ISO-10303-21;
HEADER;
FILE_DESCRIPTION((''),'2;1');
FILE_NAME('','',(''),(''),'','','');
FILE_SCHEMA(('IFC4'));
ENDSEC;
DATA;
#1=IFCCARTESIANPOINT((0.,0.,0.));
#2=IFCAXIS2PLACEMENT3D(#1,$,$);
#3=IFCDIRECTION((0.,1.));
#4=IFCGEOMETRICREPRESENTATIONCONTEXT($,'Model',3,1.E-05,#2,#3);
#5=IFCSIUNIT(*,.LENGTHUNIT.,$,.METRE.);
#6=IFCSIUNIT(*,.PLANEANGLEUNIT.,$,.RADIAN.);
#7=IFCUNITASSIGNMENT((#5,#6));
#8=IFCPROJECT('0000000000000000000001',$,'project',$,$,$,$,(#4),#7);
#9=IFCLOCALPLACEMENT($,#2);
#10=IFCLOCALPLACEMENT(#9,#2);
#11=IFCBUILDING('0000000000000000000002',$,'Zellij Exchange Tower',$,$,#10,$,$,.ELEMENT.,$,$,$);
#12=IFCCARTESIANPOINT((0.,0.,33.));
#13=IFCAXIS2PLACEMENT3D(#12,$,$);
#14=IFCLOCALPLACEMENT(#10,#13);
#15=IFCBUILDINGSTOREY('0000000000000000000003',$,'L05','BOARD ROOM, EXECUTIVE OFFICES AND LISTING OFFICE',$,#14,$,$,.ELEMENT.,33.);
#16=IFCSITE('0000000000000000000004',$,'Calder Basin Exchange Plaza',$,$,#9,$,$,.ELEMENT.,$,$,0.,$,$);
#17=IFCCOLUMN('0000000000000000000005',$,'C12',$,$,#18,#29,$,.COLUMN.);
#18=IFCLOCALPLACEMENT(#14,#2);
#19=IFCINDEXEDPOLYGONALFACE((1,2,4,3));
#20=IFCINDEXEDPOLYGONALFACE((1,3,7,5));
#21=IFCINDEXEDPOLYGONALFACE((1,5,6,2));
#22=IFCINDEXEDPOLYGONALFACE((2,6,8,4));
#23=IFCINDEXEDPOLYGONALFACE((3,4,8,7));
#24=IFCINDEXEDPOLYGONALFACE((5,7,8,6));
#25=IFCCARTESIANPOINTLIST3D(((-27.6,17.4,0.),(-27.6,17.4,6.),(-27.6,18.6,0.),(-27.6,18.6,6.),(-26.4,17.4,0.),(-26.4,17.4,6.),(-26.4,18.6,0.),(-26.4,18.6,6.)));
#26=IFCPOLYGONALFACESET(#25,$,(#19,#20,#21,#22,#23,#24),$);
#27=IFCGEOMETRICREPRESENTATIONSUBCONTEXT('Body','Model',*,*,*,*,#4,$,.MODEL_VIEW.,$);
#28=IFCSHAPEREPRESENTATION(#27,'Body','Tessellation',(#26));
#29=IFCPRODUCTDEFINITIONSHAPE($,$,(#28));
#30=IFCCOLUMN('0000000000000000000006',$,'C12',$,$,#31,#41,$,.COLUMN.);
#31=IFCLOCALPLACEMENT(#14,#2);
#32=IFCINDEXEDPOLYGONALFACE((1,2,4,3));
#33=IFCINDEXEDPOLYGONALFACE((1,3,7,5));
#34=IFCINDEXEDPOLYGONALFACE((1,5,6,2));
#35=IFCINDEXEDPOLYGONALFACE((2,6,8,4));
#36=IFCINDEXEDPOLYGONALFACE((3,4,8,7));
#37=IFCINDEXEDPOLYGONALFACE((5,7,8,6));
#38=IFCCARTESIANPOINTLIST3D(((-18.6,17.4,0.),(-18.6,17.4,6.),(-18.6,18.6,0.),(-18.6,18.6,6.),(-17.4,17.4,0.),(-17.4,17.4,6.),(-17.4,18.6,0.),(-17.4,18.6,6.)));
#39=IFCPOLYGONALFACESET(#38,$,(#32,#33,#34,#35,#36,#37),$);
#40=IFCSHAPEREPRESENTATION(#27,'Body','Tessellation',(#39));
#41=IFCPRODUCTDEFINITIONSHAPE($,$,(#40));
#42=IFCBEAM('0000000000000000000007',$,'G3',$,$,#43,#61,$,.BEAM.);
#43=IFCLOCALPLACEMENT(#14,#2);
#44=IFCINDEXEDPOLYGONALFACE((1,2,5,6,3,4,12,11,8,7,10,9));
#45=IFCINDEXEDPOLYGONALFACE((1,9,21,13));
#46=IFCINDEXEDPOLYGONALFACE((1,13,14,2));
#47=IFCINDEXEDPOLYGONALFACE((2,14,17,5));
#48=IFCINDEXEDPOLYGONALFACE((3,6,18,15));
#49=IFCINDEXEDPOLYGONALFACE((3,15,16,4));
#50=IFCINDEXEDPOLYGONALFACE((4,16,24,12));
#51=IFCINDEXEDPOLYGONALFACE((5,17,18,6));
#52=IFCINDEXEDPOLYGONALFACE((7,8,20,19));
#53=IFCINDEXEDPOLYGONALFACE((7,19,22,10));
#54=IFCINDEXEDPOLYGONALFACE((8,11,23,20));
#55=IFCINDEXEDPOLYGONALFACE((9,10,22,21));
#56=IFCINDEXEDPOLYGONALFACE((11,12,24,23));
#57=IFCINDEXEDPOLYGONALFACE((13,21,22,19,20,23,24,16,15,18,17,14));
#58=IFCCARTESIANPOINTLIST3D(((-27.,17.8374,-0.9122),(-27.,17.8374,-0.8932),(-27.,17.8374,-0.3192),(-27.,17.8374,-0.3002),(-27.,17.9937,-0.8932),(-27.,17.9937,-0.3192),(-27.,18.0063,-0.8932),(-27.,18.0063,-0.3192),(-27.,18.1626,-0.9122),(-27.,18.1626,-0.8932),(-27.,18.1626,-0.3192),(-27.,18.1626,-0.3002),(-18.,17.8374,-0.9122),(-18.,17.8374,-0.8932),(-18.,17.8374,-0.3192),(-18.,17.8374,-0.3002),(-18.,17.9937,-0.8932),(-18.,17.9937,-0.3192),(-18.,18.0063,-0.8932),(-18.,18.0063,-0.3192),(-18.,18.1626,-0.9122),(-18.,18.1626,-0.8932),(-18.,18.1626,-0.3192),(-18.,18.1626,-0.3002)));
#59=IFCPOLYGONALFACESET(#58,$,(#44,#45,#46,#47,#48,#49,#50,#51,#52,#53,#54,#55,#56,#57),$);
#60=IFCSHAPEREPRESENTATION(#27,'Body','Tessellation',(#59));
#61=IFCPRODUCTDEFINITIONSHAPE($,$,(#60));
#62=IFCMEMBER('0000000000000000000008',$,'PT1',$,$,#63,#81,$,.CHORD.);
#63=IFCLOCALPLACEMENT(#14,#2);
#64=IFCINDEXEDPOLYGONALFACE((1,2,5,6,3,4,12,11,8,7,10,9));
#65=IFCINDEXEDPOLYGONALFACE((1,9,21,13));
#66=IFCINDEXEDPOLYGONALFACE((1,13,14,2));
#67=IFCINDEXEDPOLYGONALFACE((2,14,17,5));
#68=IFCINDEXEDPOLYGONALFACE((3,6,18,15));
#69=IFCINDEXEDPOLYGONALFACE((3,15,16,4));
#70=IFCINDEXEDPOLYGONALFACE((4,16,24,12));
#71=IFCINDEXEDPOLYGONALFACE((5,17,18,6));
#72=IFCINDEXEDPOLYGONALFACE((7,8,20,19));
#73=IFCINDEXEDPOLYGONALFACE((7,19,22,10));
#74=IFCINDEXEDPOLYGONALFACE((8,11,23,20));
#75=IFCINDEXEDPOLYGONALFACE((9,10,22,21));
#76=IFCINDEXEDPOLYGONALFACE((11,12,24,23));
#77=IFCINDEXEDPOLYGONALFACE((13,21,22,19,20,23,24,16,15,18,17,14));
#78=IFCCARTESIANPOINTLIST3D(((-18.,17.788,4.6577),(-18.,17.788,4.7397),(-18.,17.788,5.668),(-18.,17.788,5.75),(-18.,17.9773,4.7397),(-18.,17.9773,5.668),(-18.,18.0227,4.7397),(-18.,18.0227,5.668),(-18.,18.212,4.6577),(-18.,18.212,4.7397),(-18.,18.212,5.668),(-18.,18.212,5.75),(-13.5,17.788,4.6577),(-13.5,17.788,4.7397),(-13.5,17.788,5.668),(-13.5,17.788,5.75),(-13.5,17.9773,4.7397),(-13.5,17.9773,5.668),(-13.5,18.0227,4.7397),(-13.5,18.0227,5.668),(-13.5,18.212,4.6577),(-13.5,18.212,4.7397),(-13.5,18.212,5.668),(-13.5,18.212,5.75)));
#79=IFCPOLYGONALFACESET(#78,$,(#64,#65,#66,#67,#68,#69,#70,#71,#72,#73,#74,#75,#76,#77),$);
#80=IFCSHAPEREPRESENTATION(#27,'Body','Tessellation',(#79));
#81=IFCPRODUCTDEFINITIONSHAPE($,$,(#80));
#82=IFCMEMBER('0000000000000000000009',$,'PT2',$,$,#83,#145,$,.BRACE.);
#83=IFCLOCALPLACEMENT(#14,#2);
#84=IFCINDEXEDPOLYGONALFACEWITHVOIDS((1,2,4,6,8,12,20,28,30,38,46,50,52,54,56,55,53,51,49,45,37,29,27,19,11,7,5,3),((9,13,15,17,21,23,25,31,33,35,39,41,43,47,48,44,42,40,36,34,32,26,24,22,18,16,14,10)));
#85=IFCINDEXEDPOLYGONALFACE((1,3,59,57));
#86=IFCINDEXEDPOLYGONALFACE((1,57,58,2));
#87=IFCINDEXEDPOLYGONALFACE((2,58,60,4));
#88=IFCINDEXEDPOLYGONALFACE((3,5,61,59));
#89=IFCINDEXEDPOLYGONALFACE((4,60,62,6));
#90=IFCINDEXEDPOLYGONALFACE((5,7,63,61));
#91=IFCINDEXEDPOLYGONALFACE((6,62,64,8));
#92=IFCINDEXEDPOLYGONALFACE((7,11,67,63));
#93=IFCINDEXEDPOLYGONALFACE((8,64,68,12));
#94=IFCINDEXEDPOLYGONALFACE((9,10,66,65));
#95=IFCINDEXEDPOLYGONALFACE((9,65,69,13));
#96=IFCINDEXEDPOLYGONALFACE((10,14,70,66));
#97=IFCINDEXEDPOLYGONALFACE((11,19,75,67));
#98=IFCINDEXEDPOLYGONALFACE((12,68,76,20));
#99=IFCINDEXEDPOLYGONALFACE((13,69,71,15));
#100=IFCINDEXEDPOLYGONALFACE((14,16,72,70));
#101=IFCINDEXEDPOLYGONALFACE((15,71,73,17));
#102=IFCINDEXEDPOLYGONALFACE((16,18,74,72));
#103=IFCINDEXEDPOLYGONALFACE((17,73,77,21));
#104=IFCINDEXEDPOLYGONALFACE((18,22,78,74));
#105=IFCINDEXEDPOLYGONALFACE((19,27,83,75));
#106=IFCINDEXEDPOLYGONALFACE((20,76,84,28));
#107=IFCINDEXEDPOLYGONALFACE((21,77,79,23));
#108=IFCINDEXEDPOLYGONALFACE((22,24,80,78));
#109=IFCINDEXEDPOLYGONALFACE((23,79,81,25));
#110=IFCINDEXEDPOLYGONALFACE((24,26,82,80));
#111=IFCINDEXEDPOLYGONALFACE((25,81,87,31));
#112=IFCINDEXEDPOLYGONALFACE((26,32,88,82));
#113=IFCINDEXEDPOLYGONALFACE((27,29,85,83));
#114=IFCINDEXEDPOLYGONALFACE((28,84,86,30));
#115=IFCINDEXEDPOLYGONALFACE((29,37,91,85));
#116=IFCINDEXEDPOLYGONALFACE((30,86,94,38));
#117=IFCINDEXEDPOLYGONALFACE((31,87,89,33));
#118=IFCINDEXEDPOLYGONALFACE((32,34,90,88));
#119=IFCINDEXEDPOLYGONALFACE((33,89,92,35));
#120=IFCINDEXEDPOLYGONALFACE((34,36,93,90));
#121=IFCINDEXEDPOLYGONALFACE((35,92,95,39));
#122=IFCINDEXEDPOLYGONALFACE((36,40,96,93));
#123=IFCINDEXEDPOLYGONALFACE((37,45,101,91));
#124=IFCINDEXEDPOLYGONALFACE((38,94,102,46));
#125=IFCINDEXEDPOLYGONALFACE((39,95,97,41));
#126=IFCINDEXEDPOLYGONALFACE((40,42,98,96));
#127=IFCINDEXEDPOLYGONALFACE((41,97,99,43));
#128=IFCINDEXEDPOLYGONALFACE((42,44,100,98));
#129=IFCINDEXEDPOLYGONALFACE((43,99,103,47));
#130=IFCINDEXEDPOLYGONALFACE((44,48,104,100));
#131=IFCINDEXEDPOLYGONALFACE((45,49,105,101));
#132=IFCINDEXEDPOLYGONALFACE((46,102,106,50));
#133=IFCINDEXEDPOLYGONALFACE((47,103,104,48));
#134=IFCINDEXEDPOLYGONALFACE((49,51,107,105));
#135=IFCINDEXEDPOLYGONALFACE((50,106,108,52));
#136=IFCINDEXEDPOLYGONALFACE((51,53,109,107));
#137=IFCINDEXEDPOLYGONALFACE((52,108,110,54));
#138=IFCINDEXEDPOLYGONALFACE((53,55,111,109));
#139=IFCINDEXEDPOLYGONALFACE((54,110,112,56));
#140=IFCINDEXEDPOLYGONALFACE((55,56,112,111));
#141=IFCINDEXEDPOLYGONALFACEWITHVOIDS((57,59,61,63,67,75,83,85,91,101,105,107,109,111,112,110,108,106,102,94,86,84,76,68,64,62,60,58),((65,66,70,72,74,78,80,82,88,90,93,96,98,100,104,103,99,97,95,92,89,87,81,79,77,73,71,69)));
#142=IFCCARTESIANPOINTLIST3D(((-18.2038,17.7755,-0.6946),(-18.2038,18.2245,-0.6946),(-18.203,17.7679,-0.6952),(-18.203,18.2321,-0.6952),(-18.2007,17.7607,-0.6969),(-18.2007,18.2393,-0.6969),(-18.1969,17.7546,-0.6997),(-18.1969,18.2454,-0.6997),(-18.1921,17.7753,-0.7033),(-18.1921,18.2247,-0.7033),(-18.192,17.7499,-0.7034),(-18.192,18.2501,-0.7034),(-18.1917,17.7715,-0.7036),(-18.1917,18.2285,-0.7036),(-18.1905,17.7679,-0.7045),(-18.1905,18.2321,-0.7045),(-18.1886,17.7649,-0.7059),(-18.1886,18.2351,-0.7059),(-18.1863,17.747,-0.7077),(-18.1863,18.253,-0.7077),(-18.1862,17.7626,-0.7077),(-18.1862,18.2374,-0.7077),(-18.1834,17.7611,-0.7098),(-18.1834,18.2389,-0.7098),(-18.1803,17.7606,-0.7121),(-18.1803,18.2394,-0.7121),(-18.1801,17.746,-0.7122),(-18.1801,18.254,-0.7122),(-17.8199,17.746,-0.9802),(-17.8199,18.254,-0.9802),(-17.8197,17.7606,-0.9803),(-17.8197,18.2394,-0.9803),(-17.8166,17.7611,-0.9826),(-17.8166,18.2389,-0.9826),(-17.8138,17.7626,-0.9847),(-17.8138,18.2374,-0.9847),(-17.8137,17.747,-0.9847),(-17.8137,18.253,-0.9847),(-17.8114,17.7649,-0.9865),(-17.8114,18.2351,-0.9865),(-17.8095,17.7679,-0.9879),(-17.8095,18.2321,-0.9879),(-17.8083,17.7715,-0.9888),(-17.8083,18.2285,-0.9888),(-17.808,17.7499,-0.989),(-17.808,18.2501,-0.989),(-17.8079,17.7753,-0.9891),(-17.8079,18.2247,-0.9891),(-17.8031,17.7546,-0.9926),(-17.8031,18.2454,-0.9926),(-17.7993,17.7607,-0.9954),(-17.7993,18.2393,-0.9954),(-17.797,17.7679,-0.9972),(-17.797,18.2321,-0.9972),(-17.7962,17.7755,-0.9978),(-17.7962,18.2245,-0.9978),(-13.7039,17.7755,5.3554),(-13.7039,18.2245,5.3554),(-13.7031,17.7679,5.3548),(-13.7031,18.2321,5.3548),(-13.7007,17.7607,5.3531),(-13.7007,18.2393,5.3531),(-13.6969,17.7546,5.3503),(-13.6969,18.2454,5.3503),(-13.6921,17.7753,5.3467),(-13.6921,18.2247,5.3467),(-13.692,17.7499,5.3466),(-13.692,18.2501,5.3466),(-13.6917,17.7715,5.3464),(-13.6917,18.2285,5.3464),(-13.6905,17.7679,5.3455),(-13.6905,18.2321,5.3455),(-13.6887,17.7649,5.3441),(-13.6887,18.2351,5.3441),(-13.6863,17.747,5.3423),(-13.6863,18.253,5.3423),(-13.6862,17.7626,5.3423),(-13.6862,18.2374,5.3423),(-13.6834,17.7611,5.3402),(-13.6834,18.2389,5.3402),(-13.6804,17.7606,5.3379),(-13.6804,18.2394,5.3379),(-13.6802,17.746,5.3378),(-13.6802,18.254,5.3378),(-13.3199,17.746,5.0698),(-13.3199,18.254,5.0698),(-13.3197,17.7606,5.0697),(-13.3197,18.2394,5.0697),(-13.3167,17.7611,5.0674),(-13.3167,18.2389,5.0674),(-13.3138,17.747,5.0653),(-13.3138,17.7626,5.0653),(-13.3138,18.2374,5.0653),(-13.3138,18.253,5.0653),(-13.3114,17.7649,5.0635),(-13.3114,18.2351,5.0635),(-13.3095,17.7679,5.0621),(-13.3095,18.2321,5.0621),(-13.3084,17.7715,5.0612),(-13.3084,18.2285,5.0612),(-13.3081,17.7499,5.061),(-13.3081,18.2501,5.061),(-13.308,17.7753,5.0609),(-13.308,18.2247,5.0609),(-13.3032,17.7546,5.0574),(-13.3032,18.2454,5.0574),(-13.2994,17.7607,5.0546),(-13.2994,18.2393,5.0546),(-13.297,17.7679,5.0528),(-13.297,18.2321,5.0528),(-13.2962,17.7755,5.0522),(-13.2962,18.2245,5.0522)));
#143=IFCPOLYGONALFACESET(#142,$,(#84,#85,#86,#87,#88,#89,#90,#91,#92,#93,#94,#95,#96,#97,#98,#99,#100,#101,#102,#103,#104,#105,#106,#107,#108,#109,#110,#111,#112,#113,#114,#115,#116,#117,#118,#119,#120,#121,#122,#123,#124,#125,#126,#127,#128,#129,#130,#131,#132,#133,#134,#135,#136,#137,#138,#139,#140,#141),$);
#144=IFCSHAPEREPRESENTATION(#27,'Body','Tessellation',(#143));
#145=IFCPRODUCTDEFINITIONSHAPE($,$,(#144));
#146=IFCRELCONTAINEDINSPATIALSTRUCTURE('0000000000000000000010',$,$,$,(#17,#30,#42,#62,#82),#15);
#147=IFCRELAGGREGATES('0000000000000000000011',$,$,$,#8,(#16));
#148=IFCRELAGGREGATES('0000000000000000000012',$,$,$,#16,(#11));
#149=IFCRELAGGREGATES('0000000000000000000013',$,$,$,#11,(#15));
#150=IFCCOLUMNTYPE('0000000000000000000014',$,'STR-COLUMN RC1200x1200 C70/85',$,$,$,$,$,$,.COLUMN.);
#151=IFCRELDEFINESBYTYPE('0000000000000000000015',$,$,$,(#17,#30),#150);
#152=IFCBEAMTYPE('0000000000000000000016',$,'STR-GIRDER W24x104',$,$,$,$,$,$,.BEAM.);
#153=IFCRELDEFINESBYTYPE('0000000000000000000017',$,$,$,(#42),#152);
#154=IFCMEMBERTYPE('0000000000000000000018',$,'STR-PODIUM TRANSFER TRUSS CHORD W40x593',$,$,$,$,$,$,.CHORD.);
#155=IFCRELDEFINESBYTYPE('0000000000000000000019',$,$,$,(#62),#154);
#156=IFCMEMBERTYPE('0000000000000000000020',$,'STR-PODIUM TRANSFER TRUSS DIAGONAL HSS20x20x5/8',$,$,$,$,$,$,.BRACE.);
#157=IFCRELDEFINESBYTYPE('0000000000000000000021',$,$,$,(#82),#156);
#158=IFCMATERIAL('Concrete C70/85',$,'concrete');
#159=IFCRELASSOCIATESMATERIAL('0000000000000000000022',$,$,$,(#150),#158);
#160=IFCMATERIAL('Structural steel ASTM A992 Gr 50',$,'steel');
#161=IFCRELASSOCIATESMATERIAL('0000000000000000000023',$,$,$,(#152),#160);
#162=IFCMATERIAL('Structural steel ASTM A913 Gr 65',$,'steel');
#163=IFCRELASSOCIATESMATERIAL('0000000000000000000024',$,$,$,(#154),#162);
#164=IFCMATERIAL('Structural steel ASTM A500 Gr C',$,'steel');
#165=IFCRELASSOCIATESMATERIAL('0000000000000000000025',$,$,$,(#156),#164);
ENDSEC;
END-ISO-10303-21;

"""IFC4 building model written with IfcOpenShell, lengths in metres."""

from ifc_helpers import new_model, si_unit, direction, frame, origin, origin_2d, place, context, subcontext, project, spatial, rectangle, hollow_rectangle, i_section, extrude, material, material_profile, profile_set, type_object, element, save


model = new_model("IFC4")

# Units and contexts
model_context = context("Model", 3, precision=1e-05, world=origin(), true_north=direction((0.0, 1.0)))
body_context = subcontext(model_context, "Body", "Model", "MODEL_VIEW")
ifc_project = project(units=[si_unit("LENGTHUNIT", "METRE"), si_unit("PLANEANGLEUNIT", "RADIAN")], contexts=[model_context])

# Site, building, storey
site_placement = place(None, origin())
site = spatial("IfcSite", under=ifc_project, at=site_placement, Name="Calder Basin Exchange Plaza", CompositionType="ELEMENT", RefElevation=0.0)
building_placement = place(site_placement, origin())
building = spatial("IfcBuilding", under=site, at=building_placement, Name="Zellij Exchange Tower", CompositionType="ELEMENT")
storey_placement = place(building_placement, frame((0.0, 0.0, 33.0)))
storey = spatial("IfcBuildingStorey", under=building, at=storey_placement, Name="L05", Description="BOARD ROOM, EXECUTIVE OFFICES AND LISTING OFFICE", CompositionType="ELEMENT", Elevation=33.0)

# Columns
ifc_material_1 = material(Name="Concrete C70/85", Category="concrete")
ifc_material_profile_1 = material_profile(ifc_material_1, rectangle(XDim=1.2, YDim=1.2, at=origin_2d()), Name="STR-COLUMN RC1200x1200 C70/85")
ifc_profile_set_1 = profile_set([ifc_material_profile_1], Name="Concrete C70/85")
column_type = type_object("IfcColumnType", Name="STR-COLUMN RC1200x1200 C70/85", PredefinedType="COLUMN", material=ifc_profile_set_1)
for number, where, z_axis, x_axis, name in (
    (1, (-27.0, 18.0, 0.0), (0.0, 0.0, 1.0), (1.0, 0.0, 0.0), "C12"),
    (2, (-18.0, 18.0, 0.0), (0.0, 0.0, 1.0), (1.0, 0.0, 0.0), "C12"),
):
    element("IfcColumn", number, at=place(storey_placement, frame(where, z_axis=z_axis, x_axis=x_axis)), inside=storey, type_object=column_type, Name=name, PredefinedType="COLUMN", context=body_context, shape_type="SweptSolid", body=[
        extrude(rectangle(XDim=1.2, YDim=1.2, at=origin_2d()), origin(), (0.0, 0.0, 1.0), 6.0),
    ])

# Beam
ifc_material_2 = material(Name="Structural steel ASTM A992 Gr 50", Category="steel")
ifc_material_profile_2 = material_profile(ifc_material_2, i_section(OverallWidth=0.3252, OverallDepth=0.6121, WebThickness=0.0127, FlangeThickness=0.019, at=origin_2d()), Name="W24x104")
ifc_profile_set_2 = profile_set([ifc_material_profile_2], Name="Structural steel ASTM A992 Gr 50")
beam_type = type_object("IfcBeamType", Name="STR-GIRDER W24x104", PredefinedType="BEAM", material=ifc_profile_set_2)
beam_placement = place(storey_placement, frame((-27.0, 18.0, -0.6062), z_axis=(1.0, 0.0, 0.0), x_axis=(0.0, 1.0, 0.0)))
element("IfcBeam", 3, at=beam_placement, inside=storey, type_object=beam_type, Name="G3", PredefinedType="BEAM", context=body_context, shape_type="SweptSolid", body=[
    extrude(i_section(OverallWidth=0.3252, OverallDepth=0.6121, WebThickness=0.0127, FlangeThickness=0.019, at=origin_2d()), origin(), (0.0, 0.0, 1.0), 9.0),
])

# Members
ifc_material_3 = material(Name="Structural steel ASTM A913 Gr 65", Category="steel")
ifc_material_profile_3 = material_profile(ifc_material_3, i_section(OverallWidth=0.4241, OverallDepth=1.0923, WebThickness=0.0454, FlangeThickness=0.082, at=origin_2d()), Name="W40x593")
ifc_profile_set_3 = profile_set([ifc_material_profile_3], Name="Structural steel ASTM A913 Gr 65")
member_type_1 = type_object("IfcMemberType", Name="STR-PODIUM TRANSFER TRUSS CHORD W40x593", PredefinedType="CHORD", material=ifc_profile_set_3)
member_1_placement = place(storey_placement, frame((-18.0, 18.0, 5.2039), z_axis=(1.0, 0.0, 0.0), x_axis=(0.0, 1.0, 0.0)))
element("IfcMember", 4, at=member_1_placement, inside=storey, type_object=member_type_1, Name="PT1", PredefinedType="CHORD", context=body_context, shape_type="SweptSolid", body=[
    extrude(i_section(OverallWidth=0.4241, OverallDepth=1.0923, WebThickness=0.0454, FlangeThickness=0.082, at=origin_2d()), origin(), (0.0, 0.0, 1.0), 4.5),
])
ifc_material_4 = material(Name="Structural steel ASTM A500 Gr C", Category="steel")
ifc_material_profile_4 = material_profile(ifc_material_4, hollow_rectangle(XDim=0.5081, YDim=0.5081, WallThickness=0.0146, InnerFilletRadius=0.0146, OuterFilletRadius=0.0295, at=origin_2d()), Name="STR-PODIUM TRANSFER TRUSS DIAGONAL HSS20x20x5/8")
ifc_profile_set_4 = profile_set([ifc_material_profile_4], Name="Structural steel ASTM A500 Gr C")
member_type_2 = type_object("IfcMemberType", Name="STR-PODIUM TRANSFER TRUSS DIAGONAL HSS20x20x5/8", PredefinedType="BRACE", material=ifc_profile_set_4)
member_2_placement = place(storey_placement, frame((-18.0, 18.0, -0.8462), z_axis=(0.596809, 0.0, 0.802383), x_axis=(0.0, 1.0, 0.0)))
element("IfcMember", 5, at=member_2_placement, inside=storey, type_object=member_type_2, Name="PT2", PredefinedType="BRACE", context=body_context, shape_type="SweptSolid", body=[
    extrude(hollow_rectangle(XDim=0.5081, YDim=0.5081, WallThickness=0.0146, InnerFilletRadius=0.0146, OuterFilletRadius=0.0295, at=origin_2d()), origin(), (0.0, 0.0, 1.0), 7.54),
])

save(model, "model.ifc")
